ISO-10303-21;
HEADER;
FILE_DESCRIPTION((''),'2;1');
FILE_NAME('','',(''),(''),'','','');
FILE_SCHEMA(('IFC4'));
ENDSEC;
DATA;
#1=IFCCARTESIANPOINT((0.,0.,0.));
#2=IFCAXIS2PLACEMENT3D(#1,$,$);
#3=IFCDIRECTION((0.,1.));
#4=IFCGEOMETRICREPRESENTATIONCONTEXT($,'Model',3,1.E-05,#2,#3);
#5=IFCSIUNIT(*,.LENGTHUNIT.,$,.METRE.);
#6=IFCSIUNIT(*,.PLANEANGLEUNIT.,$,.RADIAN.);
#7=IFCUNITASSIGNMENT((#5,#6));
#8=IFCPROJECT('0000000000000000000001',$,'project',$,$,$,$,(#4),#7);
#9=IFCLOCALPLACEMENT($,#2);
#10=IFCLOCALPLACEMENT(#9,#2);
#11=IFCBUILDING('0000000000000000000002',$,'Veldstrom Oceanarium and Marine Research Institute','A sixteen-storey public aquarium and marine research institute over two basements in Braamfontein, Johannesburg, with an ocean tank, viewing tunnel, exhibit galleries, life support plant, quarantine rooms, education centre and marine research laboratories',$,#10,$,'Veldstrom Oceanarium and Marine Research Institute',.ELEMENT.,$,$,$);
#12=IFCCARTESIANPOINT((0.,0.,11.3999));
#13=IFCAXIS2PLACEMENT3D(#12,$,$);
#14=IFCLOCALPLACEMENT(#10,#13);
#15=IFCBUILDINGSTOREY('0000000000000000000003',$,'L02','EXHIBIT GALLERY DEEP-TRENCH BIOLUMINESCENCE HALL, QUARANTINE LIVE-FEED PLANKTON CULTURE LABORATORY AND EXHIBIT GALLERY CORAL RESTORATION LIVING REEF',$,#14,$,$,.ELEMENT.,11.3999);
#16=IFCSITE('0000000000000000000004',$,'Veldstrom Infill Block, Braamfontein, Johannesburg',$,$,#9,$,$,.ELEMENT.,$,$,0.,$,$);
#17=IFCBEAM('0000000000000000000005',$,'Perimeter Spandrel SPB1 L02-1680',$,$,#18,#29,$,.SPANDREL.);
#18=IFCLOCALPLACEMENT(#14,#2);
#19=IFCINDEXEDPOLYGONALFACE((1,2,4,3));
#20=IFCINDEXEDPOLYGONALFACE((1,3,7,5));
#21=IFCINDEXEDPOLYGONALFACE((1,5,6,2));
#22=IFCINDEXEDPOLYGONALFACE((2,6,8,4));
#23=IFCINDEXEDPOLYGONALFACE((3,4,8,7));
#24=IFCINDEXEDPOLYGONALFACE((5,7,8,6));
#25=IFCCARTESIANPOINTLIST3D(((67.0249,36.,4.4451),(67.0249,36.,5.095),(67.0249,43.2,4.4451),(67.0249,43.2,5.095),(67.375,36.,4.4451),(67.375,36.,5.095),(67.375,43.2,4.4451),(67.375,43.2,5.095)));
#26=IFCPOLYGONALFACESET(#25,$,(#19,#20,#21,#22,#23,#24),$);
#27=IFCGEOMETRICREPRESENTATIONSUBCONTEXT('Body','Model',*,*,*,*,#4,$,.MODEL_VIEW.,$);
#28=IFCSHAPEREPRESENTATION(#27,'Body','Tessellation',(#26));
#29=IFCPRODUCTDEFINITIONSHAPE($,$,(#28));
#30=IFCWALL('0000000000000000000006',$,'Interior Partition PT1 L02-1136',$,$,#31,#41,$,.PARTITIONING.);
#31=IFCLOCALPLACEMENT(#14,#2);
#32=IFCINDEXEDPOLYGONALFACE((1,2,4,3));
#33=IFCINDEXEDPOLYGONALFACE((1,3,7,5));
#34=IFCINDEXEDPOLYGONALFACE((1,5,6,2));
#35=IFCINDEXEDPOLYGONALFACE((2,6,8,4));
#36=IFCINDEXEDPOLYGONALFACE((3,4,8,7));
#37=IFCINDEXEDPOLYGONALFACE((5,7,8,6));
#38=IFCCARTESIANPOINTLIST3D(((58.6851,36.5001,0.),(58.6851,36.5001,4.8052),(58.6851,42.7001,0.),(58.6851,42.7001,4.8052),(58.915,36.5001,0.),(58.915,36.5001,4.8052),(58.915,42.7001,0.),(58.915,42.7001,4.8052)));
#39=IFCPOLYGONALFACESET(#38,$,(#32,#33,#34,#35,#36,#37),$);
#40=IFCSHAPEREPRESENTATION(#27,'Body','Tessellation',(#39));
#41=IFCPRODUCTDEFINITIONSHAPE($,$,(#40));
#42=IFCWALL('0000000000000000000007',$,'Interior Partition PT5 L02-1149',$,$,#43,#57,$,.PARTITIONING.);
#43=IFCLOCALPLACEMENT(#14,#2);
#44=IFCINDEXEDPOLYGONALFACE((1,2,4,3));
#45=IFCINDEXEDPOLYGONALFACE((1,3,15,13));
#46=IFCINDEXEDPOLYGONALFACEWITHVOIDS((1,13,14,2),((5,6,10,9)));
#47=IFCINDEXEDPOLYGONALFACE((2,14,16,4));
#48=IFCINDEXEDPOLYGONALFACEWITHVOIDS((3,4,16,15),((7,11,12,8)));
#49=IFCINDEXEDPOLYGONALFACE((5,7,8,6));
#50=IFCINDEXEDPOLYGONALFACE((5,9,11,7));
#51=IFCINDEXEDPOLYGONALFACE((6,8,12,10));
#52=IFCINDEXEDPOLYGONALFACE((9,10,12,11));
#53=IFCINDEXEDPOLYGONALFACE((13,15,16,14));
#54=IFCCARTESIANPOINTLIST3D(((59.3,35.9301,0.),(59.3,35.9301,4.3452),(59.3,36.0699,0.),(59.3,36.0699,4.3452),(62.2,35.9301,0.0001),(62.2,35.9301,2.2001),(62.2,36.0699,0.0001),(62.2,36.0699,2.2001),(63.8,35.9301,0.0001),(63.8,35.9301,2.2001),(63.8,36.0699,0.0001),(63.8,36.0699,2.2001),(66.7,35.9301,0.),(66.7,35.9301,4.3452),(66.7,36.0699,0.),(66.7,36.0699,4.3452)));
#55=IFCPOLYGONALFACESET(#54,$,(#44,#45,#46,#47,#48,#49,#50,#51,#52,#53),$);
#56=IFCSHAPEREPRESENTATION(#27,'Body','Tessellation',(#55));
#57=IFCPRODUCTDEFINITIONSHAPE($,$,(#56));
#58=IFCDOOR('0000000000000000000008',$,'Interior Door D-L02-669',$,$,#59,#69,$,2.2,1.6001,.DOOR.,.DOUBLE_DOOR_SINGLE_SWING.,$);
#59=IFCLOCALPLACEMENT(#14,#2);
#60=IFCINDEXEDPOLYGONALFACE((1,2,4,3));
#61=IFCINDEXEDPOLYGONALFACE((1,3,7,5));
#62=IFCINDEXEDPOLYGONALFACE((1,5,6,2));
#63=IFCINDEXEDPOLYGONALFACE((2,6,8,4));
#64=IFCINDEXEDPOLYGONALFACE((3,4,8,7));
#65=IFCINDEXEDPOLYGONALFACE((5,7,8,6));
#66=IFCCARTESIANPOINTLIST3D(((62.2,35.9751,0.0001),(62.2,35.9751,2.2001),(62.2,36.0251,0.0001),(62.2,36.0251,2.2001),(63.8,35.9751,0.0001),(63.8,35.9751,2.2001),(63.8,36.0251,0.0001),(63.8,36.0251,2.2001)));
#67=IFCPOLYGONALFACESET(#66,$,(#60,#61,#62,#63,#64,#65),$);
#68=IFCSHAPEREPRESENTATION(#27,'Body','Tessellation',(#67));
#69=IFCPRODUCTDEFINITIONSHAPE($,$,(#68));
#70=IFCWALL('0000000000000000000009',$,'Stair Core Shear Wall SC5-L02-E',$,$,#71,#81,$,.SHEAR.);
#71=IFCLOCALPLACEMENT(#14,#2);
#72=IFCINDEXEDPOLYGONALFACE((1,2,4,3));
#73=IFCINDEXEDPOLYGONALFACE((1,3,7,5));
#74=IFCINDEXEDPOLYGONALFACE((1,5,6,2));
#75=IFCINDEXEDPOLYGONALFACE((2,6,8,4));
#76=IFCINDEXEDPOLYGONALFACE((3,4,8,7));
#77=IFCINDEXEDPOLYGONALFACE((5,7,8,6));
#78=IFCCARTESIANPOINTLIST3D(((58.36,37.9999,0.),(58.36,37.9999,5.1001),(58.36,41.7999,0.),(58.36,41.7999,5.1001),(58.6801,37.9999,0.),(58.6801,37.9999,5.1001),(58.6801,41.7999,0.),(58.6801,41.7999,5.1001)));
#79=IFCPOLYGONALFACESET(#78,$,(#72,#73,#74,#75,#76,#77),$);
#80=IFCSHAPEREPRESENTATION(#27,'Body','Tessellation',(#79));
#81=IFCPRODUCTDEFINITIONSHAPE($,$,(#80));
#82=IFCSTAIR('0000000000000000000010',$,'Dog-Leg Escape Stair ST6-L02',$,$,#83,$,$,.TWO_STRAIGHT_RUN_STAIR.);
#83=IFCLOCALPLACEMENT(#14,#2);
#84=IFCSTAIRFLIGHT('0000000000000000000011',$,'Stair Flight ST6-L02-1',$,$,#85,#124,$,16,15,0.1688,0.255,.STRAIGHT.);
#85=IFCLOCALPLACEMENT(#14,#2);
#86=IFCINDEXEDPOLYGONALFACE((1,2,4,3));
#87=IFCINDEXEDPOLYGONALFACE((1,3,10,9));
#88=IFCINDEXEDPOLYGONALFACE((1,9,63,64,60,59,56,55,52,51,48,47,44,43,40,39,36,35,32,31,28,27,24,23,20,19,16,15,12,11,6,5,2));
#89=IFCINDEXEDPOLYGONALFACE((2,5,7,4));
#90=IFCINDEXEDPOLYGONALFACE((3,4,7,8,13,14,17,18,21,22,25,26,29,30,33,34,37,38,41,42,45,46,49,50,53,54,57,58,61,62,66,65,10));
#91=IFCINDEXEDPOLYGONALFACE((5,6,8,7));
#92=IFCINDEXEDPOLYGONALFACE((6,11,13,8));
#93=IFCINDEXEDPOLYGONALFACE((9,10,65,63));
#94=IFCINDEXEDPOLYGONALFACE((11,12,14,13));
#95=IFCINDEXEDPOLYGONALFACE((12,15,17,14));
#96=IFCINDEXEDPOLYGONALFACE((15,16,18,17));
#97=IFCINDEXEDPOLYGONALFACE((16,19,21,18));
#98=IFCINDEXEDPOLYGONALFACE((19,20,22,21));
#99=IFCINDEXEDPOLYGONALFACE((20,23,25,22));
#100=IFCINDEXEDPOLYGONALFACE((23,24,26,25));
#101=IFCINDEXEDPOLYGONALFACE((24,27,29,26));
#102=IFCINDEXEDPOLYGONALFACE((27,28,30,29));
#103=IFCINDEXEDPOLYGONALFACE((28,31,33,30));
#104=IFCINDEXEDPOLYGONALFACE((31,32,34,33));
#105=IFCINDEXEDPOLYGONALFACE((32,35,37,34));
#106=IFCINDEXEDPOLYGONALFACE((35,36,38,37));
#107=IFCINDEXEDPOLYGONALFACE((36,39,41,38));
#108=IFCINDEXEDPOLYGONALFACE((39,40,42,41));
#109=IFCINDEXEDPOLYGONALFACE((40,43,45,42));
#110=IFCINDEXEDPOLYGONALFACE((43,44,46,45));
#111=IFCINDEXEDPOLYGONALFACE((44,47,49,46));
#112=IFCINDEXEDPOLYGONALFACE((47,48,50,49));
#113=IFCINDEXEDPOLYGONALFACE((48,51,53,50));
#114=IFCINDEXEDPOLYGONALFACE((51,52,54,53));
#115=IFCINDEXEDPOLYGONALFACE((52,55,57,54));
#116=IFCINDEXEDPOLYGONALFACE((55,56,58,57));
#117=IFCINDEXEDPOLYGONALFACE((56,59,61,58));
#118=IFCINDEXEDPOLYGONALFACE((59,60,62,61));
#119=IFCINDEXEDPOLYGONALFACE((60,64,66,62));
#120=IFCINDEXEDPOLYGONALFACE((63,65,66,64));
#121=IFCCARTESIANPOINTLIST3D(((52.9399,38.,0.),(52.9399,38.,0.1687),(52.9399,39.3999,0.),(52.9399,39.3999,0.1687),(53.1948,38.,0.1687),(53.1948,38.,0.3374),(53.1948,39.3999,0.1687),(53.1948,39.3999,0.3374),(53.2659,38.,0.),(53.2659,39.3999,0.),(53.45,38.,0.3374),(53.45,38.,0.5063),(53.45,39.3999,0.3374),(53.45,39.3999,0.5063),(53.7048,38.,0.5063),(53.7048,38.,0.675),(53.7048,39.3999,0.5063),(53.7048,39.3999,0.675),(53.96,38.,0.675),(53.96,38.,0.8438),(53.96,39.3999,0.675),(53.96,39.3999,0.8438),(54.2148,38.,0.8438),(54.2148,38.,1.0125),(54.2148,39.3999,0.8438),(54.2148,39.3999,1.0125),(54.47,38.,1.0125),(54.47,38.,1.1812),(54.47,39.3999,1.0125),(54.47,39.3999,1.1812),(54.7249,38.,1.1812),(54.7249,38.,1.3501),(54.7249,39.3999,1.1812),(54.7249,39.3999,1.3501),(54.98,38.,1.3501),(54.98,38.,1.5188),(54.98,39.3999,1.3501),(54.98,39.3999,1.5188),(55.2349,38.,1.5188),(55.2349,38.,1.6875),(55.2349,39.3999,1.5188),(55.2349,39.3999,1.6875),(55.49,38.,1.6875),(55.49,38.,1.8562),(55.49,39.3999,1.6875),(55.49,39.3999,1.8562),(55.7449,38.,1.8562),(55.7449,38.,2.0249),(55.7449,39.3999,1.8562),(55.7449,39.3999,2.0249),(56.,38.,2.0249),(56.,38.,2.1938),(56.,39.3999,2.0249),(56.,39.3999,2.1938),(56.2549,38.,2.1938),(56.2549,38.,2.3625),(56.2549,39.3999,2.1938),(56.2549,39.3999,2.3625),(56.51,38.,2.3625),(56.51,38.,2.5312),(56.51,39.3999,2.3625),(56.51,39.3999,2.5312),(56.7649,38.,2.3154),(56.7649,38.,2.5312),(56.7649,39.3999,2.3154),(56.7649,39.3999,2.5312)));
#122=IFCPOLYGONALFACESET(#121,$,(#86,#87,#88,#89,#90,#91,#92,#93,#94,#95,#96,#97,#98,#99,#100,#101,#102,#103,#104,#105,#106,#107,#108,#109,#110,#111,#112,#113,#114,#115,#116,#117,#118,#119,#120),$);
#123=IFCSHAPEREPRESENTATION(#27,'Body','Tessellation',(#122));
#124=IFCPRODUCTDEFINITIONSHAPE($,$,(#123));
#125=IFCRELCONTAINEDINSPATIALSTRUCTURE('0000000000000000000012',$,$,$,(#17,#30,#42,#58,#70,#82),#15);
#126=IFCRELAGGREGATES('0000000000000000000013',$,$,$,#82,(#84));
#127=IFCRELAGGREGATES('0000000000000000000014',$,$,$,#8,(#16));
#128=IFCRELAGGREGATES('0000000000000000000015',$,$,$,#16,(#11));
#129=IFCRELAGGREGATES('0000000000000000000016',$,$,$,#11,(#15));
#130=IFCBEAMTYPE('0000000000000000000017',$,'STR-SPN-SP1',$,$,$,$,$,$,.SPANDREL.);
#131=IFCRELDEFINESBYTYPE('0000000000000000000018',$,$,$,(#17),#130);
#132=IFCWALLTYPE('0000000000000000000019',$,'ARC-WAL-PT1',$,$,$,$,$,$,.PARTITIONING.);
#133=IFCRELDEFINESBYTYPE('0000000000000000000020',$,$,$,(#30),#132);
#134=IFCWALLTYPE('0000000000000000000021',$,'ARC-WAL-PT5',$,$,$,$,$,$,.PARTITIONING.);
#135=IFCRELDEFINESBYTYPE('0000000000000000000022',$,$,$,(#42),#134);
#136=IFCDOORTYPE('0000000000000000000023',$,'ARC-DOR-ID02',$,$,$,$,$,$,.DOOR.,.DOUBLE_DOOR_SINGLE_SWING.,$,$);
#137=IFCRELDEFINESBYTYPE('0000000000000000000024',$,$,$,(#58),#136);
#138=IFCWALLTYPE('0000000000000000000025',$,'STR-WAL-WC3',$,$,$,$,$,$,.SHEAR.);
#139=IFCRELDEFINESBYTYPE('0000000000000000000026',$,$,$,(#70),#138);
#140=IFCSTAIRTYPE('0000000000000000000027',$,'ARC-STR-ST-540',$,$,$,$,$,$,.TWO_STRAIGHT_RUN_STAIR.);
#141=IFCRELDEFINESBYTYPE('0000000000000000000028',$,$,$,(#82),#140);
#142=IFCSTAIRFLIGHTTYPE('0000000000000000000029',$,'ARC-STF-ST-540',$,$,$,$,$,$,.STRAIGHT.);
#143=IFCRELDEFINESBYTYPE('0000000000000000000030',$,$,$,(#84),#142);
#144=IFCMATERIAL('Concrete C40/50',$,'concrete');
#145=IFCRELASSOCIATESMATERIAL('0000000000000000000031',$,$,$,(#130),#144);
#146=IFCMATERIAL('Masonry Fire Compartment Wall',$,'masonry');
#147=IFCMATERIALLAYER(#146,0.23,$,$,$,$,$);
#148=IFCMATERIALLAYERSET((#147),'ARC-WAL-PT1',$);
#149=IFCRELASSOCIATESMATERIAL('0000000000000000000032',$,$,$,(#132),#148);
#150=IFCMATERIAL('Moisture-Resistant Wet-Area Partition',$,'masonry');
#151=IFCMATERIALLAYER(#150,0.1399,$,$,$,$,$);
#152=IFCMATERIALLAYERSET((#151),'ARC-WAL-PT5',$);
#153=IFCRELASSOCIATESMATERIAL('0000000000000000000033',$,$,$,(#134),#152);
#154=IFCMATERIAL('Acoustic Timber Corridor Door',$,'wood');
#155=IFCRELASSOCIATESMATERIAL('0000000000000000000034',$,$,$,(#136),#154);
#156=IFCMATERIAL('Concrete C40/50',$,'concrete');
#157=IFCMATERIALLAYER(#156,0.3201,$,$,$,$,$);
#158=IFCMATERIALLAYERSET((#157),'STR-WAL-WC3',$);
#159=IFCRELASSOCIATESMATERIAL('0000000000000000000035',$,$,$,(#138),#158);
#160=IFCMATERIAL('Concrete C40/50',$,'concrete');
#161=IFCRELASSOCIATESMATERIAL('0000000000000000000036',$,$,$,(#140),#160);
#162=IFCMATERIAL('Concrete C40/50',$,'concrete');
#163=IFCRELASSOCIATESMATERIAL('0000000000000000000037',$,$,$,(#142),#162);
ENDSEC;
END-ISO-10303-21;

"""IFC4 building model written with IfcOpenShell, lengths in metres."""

from ifc_helpers import new_model, si_unit, direction, frame, frame_2d, origin, origin_2d, place, context, subcontext, project, spatial, polyline, rectangle, outline, extrude, material, layer, layer_set, material_profile, profile_set, type_object, element, fill, aggregate, save


model = new_model("IFC4")

# Units and contexts
model_context = context("Model", 3, precision=1e-05, world=origin(), true_north=direction((0.0, 1.0)))
body_context = subcontext(model_context, "Body", "Model", "MODEL_VIEW")
ifc_project = project(units=[si_unit("LENGTHUNIT", "METRE"), si_unit("PLANEANGLEUNIT", "RADIAN")], contexts=[model_context])

# Site, building, storey
site_placement = place(None, origin())
site = spatial("IfcSite", under=ifc_project, at=site_placement, Name="Veldstrom Infill Block, Braamfontein, Johannesburg", CompositionType="ELEMENT", RefElevation=0.0)
building_placement = place(site_placement, origin())
building = spatial("IfcBuilding", under=site, at=building_placement, Name="Veldstrom Oceanarium and Marine Research Institute", Description="A sixteen-storey public aquarium and marine research institute over two basements in Braamfontein, Johannesburg, with an ocean tank, viewing tunnel, exhibit galleries, life support plant, quarantine rooms, education centre and marine research laboratories", LongName="Veldstrom Oceanarium and Marine Research Institute", CompositionType="ELEMENT")
storey_placement = place(building_placement, frame((0.0, 0.0, 11.3999)))
storey = spatial("IfcBuildingStorey", under=building, at=storey_placement, Name="L02", Description="EXHIBIT GALLERY DEEP-TRENCH BIOLUMINESCENCE HALL, QUARANTINE LIVE-FEED PLANKTON CULTURE LABORATORY AND EXHIBIT GALLERY CORAL RESTORATION LIVING REEF", CompositionType="ELEMENT", Elevation=11.3999)

# Beam
ifc_material_1 = material(Name="Concrete C40/50", Category="concrete")
ifc_material_profile_1 = material_profile(ifc_material_1, rectangle(XDim=0.3501, YDim=0.6499, at=origin_2d()), Name="RC-SPN-350x650")
ifc_profile_set_1 = profile_set([ifc_material_profile_1], Name="Concrete C40/50")
beam_type_1 = type_object("IfcBeamType", Name="STR-SPN-SP1", PredefinedType="SPANDREL", material=ifc_profile_set_1)
beam_1_placement = place(storey_placement, frame((67.2, 36.0, 4.77), z_axis=(0.0, 1.0, 0.0), x_axis=(-1.0, 0.0, 0.0)))
element("IfcBeam", 1, at=beam_1_placement, inside=storey, type_object=beam_type_1, Name="Perimeter Spandrel SPB1 L02-1680", PredefinedType="SPANDREL", context=body_context, shape_type="SweptSolid", body=[
    extrude(rectangle(XDim=0.3501, YDim=0.6499, at=origin_2d()), origin(), (0.0, 0.0, 1.0), 7.2),
])

# Wall
ifc_material_2 = material(Name="Masonry Fire Compartment Wall", Category="masonry")
ifc_layer_1 = layer(ifc_material_2, 0.23)
ifc_layer_set_1 = layer_set([ifc_layer_1], Name="ARC-WAL-PT1")
wall_type_1 = type_object("IfcWallType", Name="ARC-WAL-PT1", PredefinedType="PARTITIONING", material=ifc_layer_set_1)
wall_1_placement = place(storey_placement, frame((58.8, 36.5, 0.0), z_axis=(0.0, 0.0, 1.0), x_axis=(0.0, 1.0, 0.0)))
element("IfcWall", 2, at=wall_1_placement, inside=storey, type_object=wall_type_1, Name="Interior Partition PT1 L02-1136", PredefinedType="PARTITIONING", context=body_context, shape_type="SweptSolid", body=[
    extrude(rectangle(XDim=6.2, YDim=0.23, at=frame_2d((3.1001, 0.0))), origin(), (0.0, 0.0, 1.0), 4.8052),
])

# Wall, opening, door
ifc_material_3 = material(Name="Moisture-Resistant Wet-Area Partition", Category="masonry")
ifc_layer_2 = layer(ifc_material_3, 0.1399)
ifc_layer_set_2 = layer_set([ifc_layer_2], Name="ARC-WAL-PT5")
wall_type_2 = type_object("IfcWallType", Name="ARC-WAL-PT5", PredefinedType="PARTITIONING", material=ifc_layer_set_2)
wall_2_placement = place(storey_placement, frame((59.3, 36.0, 0.0), z_axis=(0.0, 0.0, 1.0), x_axis=(1.0, 0.0, 0.0)))
wall_2 = element("IfcWall", 3, at=wall_2_placement, inside=storey, type_object=wall_type_2, Name="Interior Partition PT5 L02-1149", PredefinedType="PARTITIONING", context=body_context, shape_type="SweptSolid", body=[
    extrude(rectangle(XDim=7.3999, YDim=0.1399, at=frame_2d((3.7, 0.0))), origin(), (0.0, 0.0, 1.0), 4.3452),
])
opening_placement = place(wall_2_placement, frame((2.8999, 0.0, 0.0)))
opening = element("IfcOpeningElement", 4, at=opening_placement, cuts=wall_2, PredefinedType="OPENING", context=body_context, shape_type="SweptSolid", body=[
    extrude(rectangle(XDim=1.6001, YDim=2.2, at=frame_2d((0.8, 1.1001))), frame((0.0, 0.0798, 0.0), z_axis=(0.0, -1.0, 0.0), x_axis=(1.0, 0.0, 0.0)), (0.0, 0.0, 1.0), 0.1599),
])
ifc_material_4 = material(Name="Acoustic Timber Corridor Door", Category="wood")
door_type = type_object("IfcDoorType", Name="ARC-DOR-ID02", OperationType="DOUBLE_DOOR_SINGLE_SWING", PredefinedType="DOOR", material=ifc_material_4)
door_placement = place(opening_placement, frame((1.6001, 0.0, 0.0), z_axis=(0.0, 0.0, 1.0), x_axis=(-1.0, 0.0, 0.0)))
door = element("IfcDoor", 5, at=door_placement, inside=storey, type_object=door_type, Name="Interior Door D-L02-669", OperationType="DOUBLE_DOOR_SINGLE_SWING", OverallHeight=2.2, OverallWidth=1.6001, PredefinedType="DOOR", context=body_context, shape_type="SweptSolid", body=[
    extrude(rectangle(XDim=1.6001, YDim=2.2, at=frame_2d((0.8, 1.1001))), frame((0.0, 0.0249, 0.0), z_axis=(0.0, -1.0, 0.0), x_axis=(1.0, 0.0, 0.0)), (0.0, 0.0, 1.0), 0.05),
])
fill(opening, door)

# Wall
ifc_material_5 = material(Name="Concrete C40/50", Category="concrete")
ifc_layer_3 = layer(ifc_material_5, 0.3201)
ifc_layer_set_3 = layer_set([ifc_layer_3], Name="STR-WAL-WC3")
wall_type_3 = type_object("IfcWallType", Name="STR-WAL-WC3", PredefinedType="SHEAR", material=ifc_layer_set_3)
wall_3_placement = place(storey_placement, frame((58.52, 38.0, 0.0), z_axis=(0.0, 0.0, 1.0), x_axis=(0.0, 1.0, 0.0)))
element("IfcWall", 6, at=wall_3_placement, inside=storey, type_object=wall_type_3, Name="Stair Core Shear Wall SC5-L02-E", PredefinedType="SHEAR", context=body_context, shape_type="SweptSolid", body=[
    extrude(rectangle(XDim=3.8, YDim=0.3201, at=frame_2d((1.8999, 0.0))), origin(), (0.0, 0.0, 1.0), 5.1001),
])

# Stair, stair flight
ifc_material_6 = material(Name="Concrete C40/50", Category="concrete")
stair_type = type_object("IfcStairType", Name="ARC-STR-ST-540", PredefinedType="TWO_STRAIGHT_RUN_STAIR", material=ifc_material_6)
stair_placement = place(storey_placement, origin())
stair = element("IfcStair", 7, at=stair_placement, inside=storey, type_object=stair_type, Name="Dog-Leg Escape Stair ST6-L02", PredefinedType="TWO_STRAIGHT_RUN_STAIR")
ifc_material_7 = material(Name="Concrete C40/50", Category="concrete")
stair_flight_type = type_object("IfcStairFlightType", Name="ARC-STF-ST-540", PredefinedType="STRAIGHT", material=ifc_material_7)
stair_flight_placement = place(storey_placement, frame((52.9399, 38.7, 0.0), z_axis=(0.0, 0.0, 1.0), x_axis=(1.0, 0.0, 0.0)))
stair_flight = element("IfcStairFlight", 8, at=stair_flight_placement, type_object=stair_flight_type, Name="Stair Flight ST6-L02-1", NumberOfRisers=16, NumberOfTreads=15, PredefinedType="STRAIGHT", RiserHeight=0.1688, TreadLength=0.255, context=body_context, shape_type="SweptSolid", body=[
    extrude(outline(polyline([(0.0, 0.0), (0.0, 0.1687), (0.2549, 0.1687), (0.2549, 0.3374), (0.51, 0.3374), (0.51, 0.5063), (0.7649, 0.5063), (0.7649, 0.675), (1.02, 0.675), (1.02, 0.8438), (1.2749, 0.8438), (1.2749, 1.0125), (1.53, 1.0125), (1.53, 1.1812), (1.7849, 1.1812), (1.7849, 1.3501), (2.04, 1.3501), (2.04, 1.5188), (2.2949, 1.5188), (2.2949, 1.6875), (2.55, 1.6875), (2.55, 1.8562), (2.8049, 1.8562), (2.8049, 2.0249), (3.0601, 2.0249), (3.0601, 2.1938), (3.3149, 2.1938), (3.3149, 2.3625), (3.5701, 2.3625), (3.5701, 2.5312), (3.825, 2.5312), (3.825, 2.7), (3.825, 2.3154), (0.3259, 0.0), (0.0, 0.0)])), frame((0.0, 0.7, 0.0), z_axis=(0.0, -1.0, 0.0), x_axis=(1.0, 0.0, 0.0)), (0.0, 0.0, 1.0), 1.3999),
])
aggregate(stair, [stair_flight])

save(model, "model.ifc")
